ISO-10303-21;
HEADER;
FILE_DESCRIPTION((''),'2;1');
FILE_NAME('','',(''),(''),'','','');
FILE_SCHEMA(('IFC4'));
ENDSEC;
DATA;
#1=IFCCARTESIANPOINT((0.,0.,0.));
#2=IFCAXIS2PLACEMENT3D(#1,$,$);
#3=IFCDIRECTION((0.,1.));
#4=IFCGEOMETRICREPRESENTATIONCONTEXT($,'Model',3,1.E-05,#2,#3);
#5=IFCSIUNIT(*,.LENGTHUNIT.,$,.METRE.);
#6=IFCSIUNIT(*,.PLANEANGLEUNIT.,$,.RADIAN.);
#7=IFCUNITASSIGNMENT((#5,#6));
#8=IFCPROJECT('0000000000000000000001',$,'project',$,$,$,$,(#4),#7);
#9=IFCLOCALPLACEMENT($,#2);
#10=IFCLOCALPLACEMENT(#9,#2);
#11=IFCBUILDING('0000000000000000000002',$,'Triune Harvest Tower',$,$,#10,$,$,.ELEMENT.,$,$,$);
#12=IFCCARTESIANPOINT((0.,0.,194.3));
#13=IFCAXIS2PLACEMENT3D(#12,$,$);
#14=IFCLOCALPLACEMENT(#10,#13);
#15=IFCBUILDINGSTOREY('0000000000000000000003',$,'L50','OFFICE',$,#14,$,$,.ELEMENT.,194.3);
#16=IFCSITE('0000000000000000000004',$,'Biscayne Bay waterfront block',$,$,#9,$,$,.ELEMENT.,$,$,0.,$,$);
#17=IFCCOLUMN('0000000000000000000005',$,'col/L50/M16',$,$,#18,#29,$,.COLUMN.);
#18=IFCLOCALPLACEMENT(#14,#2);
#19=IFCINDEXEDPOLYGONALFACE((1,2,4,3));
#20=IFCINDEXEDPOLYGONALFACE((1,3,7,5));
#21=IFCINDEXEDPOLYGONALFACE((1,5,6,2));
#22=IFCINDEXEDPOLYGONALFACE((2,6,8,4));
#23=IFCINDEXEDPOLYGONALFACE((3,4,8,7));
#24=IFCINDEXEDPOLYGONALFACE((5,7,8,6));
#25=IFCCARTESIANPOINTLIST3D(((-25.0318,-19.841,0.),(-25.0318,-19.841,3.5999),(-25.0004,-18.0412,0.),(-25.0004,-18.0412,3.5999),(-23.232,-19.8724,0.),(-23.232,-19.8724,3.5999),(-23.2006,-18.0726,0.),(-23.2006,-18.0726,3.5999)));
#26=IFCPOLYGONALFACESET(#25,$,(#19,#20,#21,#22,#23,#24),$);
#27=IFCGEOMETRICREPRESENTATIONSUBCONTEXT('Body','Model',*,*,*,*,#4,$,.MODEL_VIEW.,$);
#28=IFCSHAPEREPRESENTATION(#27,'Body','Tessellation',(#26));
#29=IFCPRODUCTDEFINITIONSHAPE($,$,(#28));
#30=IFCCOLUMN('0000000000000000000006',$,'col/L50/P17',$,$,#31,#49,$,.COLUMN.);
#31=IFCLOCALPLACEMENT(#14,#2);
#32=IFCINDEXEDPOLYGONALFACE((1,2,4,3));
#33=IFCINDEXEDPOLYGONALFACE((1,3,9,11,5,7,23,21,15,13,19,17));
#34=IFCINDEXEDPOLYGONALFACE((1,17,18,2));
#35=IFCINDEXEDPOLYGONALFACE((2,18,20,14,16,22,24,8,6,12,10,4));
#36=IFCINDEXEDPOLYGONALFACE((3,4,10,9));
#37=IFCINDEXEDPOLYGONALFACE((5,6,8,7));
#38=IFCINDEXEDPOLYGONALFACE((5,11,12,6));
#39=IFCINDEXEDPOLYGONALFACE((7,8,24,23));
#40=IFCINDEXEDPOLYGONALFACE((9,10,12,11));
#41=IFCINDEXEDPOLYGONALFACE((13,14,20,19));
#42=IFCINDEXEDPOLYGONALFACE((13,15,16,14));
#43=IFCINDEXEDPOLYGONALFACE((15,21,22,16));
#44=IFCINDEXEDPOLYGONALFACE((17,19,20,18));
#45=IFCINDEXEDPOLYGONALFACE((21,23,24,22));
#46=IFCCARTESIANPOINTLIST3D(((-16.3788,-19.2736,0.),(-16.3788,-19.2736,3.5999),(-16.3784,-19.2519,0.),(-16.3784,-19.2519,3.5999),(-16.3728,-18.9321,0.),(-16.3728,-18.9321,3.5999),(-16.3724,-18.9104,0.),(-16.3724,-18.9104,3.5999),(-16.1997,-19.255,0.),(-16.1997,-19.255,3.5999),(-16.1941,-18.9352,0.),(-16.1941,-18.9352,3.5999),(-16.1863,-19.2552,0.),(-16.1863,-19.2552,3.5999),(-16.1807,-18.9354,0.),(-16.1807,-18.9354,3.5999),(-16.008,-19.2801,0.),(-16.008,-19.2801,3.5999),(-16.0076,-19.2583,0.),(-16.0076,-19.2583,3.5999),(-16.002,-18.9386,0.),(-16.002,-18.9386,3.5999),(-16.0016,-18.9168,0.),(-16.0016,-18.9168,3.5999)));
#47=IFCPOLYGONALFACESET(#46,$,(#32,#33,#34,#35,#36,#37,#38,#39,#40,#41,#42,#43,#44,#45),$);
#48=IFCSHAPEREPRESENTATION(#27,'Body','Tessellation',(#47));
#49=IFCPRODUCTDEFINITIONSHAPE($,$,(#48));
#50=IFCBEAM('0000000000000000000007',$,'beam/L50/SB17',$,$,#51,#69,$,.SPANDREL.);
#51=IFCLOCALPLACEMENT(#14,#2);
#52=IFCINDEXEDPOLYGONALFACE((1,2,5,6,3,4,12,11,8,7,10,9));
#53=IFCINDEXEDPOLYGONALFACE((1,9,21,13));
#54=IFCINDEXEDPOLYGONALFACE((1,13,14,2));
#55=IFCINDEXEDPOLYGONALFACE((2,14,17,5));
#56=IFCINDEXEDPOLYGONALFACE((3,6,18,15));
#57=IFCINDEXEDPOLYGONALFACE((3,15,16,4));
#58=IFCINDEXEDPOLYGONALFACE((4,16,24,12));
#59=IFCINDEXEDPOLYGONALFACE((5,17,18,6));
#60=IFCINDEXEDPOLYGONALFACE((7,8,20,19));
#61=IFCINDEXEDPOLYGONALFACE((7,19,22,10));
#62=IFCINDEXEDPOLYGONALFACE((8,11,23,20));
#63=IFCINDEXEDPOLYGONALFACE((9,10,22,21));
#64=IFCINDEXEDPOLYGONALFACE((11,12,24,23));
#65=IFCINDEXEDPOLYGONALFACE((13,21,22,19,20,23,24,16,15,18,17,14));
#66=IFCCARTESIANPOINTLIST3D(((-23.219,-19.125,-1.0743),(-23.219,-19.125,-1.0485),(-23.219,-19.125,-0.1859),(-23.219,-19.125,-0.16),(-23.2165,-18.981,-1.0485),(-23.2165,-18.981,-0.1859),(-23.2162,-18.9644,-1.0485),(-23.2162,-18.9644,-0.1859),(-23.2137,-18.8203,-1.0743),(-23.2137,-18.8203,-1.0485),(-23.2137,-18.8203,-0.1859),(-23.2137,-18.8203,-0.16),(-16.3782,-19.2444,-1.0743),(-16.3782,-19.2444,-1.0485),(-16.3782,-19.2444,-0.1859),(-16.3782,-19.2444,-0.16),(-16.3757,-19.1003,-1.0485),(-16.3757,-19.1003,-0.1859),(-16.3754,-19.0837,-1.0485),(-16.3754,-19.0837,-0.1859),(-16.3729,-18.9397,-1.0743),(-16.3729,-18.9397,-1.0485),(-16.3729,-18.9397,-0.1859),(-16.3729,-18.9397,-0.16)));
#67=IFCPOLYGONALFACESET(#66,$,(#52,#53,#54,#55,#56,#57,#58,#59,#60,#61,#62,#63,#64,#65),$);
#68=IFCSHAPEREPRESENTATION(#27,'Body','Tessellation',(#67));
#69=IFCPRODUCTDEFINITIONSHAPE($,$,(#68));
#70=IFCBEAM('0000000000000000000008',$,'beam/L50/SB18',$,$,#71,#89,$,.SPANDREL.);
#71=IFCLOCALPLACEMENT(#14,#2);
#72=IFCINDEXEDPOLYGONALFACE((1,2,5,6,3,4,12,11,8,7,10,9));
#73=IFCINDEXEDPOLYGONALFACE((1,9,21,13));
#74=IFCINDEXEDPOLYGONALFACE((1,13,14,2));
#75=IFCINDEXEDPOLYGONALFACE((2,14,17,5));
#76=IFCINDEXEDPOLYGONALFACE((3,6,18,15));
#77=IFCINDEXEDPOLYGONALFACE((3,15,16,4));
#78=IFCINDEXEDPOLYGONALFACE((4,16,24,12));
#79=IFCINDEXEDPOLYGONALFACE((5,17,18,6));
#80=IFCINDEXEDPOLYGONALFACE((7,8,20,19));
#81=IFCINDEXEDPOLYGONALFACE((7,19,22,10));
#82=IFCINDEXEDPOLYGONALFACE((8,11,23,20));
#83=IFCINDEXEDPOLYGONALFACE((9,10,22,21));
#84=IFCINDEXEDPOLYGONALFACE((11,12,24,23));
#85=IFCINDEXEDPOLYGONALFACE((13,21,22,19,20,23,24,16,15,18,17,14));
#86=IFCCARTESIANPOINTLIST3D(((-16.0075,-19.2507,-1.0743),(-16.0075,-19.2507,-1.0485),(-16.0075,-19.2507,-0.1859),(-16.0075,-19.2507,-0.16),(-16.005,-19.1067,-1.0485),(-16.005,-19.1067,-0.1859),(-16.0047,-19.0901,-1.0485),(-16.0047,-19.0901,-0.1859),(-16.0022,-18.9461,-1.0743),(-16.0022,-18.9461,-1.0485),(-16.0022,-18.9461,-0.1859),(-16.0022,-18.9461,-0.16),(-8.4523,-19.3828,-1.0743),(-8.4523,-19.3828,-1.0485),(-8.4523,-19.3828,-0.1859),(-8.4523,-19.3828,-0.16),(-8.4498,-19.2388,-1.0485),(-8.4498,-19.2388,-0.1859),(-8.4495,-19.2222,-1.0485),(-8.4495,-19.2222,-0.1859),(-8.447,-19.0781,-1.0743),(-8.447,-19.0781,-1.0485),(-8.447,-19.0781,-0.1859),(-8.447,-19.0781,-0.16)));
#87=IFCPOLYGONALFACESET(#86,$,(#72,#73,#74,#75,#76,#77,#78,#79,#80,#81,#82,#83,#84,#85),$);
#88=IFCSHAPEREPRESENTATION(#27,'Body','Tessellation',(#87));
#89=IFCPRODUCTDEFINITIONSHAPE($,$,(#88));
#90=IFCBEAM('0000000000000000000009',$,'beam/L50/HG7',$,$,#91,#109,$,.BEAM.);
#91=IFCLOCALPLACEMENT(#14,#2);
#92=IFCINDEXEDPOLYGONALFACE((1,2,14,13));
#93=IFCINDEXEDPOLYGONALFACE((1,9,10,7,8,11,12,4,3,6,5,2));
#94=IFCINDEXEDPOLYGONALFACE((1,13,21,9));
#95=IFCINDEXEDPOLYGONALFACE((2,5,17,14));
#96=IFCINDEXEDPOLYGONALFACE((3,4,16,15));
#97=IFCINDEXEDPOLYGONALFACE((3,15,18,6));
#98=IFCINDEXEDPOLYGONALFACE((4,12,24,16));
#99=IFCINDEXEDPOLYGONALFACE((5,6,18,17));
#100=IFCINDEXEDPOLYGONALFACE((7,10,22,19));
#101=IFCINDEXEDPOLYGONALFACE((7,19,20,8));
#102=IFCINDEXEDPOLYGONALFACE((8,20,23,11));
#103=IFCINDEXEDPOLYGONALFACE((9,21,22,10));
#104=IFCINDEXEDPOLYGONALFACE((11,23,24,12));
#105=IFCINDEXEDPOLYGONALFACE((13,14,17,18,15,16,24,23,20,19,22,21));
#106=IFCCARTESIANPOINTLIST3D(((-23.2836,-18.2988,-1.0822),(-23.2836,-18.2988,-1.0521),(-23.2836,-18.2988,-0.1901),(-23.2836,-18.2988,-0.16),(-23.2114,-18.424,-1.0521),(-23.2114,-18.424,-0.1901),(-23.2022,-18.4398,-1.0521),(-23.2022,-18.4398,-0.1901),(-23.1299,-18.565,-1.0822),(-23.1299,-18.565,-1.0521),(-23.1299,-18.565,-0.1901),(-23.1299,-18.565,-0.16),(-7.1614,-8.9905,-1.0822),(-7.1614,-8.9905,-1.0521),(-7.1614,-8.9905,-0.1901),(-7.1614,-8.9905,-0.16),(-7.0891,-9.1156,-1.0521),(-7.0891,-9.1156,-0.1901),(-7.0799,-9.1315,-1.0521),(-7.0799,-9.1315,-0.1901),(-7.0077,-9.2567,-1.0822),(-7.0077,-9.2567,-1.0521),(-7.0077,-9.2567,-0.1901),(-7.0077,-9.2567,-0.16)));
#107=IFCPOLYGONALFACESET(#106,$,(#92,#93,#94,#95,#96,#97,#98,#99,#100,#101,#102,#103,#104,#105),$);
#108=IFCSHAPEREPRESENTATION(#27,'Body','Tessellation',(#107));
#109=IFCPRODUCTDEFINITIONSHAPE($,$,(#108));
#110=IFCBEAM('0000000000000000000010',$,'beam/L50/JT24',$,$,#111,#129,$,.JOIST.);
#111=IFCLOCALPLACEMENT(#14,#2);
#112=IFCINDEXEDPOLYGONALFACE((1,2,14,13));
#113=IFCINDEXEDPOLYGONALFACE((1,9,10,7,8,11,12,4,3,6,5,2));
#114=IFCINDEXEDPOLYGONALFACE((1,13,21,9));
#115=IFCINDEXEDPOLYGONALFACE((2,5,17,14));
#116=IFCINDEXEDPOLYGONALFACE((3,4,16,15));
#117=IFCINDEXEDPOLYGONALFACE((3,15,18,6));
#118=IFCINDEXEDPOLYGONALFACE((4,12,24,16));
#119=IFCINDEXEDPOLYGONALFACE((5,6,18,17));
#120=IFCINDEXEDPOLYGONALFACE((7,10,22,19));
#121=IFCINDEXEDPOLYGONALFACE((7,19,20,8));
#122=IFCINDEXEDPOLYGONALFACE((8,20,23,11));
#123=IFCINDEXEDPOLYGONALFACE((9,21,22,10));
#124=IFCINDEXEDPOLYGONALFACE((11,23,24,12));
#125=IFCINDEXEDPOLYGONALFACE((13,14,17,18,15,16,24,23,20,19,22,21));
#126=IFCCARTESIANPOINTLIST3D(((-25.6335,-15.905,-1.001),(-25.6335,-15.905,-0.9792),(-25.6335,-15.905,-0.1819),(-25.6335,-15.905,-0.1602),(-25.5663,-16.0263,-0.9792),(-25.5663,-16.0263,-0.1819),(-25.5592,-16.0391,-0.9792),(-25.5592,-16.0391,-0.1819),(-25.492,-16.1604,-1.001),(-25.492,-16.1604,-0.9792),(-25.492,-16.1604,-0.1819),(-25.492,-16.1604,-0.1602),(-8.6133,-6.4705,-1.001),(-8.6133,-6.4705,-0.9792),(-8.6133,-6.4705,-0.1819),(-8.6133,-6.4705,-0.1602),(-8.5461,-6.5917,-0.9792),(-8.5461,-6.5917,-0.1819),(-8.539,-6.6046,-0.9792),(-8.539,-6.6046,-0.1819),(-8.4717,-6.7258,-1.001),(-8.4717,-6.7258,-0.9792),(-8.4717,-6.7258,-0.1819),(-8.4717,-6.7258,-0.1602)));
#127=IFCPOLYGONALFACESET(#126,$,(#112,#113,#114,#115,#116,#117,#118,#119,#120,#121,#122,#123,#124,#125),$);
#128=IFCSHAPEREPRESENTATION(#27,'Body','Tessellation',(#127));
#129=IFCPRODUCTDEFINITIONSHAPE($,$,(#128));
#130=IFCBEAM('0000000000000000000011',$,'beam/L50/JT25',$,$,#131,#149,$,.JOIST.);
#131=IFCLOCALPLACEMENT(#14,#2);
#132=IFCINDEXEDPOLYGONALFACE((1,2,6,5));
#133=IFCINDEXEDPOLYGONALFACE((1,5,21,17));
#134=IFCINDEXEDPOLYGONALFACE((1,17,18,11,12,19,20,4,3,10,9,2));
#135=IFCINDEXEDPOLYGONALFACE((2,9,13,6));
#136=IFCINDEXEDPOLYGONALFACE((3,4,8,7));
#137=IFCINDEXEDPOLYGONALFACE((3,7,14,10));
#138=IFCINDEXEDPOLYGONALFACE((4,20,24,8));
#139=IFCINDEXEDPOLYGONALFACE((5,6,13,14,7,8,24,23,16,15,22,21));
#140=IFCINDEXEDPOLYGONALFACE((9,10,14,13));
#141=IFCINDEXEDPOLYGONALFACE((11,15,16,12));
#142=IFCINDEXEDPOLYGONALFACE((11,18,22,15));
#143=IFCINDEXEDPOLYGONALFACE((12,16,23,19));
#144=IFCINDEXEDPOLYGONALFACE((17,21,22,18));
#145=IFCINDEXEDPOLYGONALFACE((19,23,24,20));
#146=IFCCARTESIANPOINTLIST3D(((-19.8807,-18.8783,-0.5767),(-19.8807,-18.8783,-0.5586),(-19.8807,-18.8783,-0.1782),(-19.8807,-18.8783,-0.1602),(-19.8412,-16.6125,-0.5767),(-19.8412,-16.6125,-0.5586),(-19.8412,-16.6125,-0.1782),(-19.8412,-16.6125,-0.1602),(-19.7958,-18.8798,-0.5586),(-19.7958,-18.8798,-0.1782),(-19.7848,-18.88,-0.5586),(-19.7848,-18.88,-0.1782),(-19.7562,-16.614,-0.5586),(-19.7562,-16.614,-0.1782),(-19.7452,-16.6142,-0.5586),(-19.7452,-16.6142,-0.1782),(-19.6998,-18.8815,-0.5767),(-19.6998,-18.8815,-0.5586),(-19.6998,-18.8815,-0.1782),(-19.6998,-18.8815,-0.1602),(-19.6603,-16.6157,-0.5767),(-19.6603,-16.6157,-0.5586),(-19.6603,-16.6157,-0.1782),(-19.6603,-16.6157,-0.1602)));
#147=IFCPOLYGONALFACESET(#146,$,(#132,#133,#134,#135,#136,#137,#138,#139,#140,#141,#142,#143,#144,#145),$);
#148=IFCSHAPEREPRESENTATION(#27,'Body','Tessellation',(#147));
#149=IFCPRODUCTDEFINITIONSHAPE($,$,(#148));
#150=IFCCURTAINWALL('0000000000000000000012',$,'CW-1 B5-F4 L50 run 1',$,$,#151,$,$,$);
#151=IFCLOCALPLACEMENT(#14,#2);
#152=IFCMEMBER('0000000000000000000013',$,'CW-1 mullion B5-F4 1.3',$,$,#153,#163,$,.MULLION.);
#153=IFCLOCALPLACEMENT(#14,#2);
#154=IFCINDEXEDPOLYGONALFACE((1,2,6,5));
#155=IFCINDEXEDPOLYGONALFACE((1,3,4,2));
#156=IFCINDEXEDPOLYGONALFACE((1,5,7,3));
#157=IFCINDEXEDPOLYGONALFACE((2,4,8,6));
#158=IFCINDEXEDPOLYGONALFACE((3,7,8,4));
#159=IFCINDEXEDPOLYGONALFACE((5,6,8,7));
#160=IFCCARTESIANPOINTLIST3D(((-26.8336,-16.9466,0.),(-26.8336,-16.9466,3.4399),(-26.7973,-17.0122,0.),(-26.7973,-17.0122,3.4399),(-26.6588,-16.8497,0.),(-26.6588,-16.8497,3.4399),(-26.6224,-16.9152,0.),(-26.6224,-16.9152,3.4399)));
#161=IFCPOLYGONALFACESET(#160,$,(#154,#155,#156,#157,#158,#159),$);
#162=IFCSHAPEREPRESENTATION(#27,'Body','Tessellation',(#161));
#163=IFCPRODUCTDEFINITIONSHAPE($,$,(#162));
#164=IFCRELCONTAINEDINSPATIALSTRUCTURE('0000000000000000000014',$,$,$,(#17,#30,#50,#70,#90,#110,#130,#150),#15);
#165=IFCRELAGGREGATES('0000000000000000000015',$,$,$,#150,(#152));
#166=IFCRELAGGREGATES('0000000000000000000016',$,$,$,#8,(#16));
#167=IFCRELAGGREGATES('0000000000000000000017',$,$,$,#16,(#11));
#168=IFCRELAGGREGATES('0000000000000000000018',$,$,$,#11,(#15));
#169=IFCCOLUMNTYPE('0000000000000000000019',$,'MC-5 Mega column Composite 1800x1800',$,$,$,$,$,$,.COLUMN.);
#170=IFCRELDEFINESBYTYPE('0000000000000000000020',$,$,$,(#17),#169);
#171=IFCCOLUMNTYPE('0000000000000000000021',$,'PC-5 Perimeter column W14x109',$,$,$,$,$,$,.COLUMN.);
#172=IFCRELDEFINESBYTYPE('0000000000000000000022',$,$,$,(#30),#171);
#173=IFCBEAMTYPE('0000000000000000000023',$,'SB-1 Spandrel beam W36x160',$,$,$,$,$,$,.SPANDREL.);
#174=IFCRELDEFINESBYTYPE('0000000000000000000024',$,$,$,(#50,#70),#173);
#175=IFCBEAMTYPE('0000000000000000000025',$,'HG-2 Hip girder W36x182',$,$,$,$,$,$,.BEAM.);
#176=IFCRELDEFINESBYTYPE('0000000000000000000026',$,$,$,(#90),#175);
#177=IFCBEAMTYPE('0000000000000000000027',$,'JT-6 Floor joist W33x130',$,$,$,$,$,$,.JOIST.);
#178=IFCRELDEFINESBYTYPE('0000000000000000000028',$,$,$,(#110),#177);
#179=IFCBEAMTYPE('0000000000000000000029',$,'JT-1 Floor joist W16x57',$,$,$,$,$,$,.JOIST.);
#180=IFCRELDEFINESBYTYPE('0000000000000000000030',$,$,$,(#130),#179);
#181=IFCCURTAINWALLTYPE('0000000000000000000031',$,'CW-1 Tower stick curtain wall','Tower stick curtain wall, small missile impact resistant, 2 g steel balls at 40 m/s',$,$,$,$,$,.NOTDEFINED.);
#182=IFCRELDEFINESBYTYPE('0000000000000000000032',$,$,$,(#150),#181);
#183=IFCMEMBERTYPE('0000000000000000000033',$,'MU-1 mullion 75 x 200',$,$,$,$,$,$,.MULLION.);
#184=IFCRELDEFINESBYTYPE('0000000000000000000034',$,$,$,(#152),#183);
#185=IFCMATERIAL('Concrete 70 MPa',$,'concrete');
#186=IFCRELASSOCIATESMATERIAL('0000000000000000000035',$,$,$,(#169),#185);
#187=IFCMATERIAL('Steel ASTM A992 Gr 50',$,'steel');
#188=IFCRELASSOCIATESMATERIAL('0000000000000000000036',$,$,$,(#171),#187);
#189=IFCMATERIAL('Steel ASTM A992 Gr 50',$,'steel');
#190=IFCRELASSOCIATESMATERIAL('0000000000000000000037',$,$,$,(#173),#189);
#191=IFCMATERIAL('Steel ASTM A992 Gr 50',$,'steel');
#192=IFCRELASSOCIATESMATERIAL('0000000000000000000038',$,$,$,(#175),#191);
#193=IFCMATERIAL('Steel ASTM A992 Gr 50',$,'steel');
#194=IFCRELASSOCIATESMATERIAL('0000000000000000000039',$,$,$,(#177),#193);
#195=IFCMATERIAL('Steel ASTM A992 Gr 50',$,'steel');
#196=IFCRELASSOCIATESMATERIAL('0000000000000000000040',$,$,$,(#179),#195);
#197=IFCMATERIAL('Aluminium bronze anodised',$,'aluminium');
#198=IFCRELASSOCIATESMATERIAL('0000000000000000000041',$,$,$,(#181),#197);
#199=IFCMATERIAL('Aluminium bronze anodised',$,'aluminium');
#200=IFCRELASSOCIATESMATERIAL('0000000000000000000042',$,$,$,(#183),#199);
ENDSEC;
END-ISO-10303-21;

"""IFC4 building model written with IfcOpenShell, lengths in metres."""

from ifc_helpers import new_model, si_unit, direction, frame, origin, origin_2d, place, context, subcontext, project, spatial, rectangle, i_section, extrude, source, transform, mapped, material, material_profile, profile_set, type_object, element, aggregate, save


model = new_model("IFC4")

# Units and contexts
model_context = context("Model", 3, precision=1e-05, world=origin(), true_north=direction((0.0, 1.0)))
body_context = subcontext(model_context, "Body", "Model", "MODEL_VIEW")
ifc_project = project(units=[si_unit("LENGTHUNIT", "METRE"), si_unit("PLANEANGLEUNIT", "RADIAN")], contexts=[model_context])

# Site, building, storey
site_placement = place(None, origin())
site = spatial("IfcSite", under=ifc_project, at=site_placement, Name="Biscayne Bay waterfront block", CompositionType="ELEMENT", RefElevation=0.0)
building_placement = place(site_placement, origin())
building = spatial("IfcBuilding", under=site, at=building_placement, Name="Triune Harvest Tower", CompositionType="ELEMENT")
storey_placement = place(building_placement, frame((0.0, 0.0, 194.3)))
storey = spatial("IfcBuildingStorey", under=building, at=storey_placement, Name="L50", Description="OFFICE", CompositionType="ELEMENT", Elevation=194.3)

# Columns
ifc_material_1 = material(Name="Concrete 70 MPa", Category="concrete")
ifc_material_profile_1 = material_profile(ifc_material_1, rectangle(XDim=1.8, YDim=1.8, at=origin_2d()), Name="Composite 1800x1800")
ifc_profile_set_1 = profile_set([ifc_material_profile_1], Name="Concrete 70 MPa")
column_type_1 = type_object("IfcColumnType", Name="MC-5 Mega column Composite 1800x1800", PredefinedType="COLUMN", material=ifc_profile_set_1)
shared_shape_1 = source(origin(), body_context, "Body", "SweptSolid", [
    extrude(rectangle(XDim=1.8, YDim=1.8, at=origin_2d()), origin(), (0.0, 0.0, 1.0), 3.5999),
])
column_1_placement = place(storey_placement, frame((-24.1162, -18.9568, 0.0), z_axis=(0.0, 0.0, 1.0), x_axis=(0.999848, -0.017452, 0.0)))
element("IfcColumn", 1, at=column_1_placement, inside=storey, type_object=column_type_1, Name="col/L50/M16", PredefinedType="COLUMN", context=body_context, shape_type="MappedRepresentation", body=[
    mapped(shared_shape_1, transform((0.0, 0.0, 0.0), scale=1.0)),
])
ifc_material_2 = material(Name="Steel ASTM A992 Gr 50", Category="steel")
ifc_material_profile_2 = material_profile(ifc_material_2, i_section(OverallWidth=0.3708, OverallDepth=0.3633, WebThickness=0.0134, FlangeThickness=0.0217, at=origin_2d()), Name="W14x109")
ifc_profile_set_2 = profile_set([ifc_material_profile_2], Name="Steel ASTM A992 Gr 50")
column_type_2 = type_object("IfcColumnType", Name="PC-5 Perimeter column W14x109", PredefinedType="COLUMN", material=ifc_profile_set_2)
shared_shape_2 = source(origin(), body_context, "Body", "SweptSolid", [
    extrude(i_section(OverallWidth=0.3708, OverallDepth=0.3633, WebThickness=0.0134, FlangeThickness=0.0217, at=origin_2d()), origin(), (0.0, 0.0, 1.0), 3.5999),
])
column_2_placement = place(storey_placement, frame((-16.1902, -19.0952, 0.0), z_axis=(0.0, 0.0, 1.0), x_axis=(0.999848, -0.017452, 0.0)))
element("IfcColumn", 2, at=column_2_placement, inside=storey, type_object=column_type_2, Name="col/L50/P17", PredefinedType="COLUMN", context=body_context, shape_type="MappedRepresentation", body=[
    mapped(shared_shape_2, transform((0.0, 0.0, 0.0), scale=1.0)),
])

# Beams
ifc_material_3 = material(Name="Steel ASTM A992 Gr 50", Category="steel")
ifc_material_profile_3 = material_profile(ifc_material_3, i_section(OverallWidth=0.3047, OverallDepth=0.9143, WebThickness=0.0166, FlangeThickness=0.0259, at=origin_2d()), Name="W36x160")
ifc_profile_set_3 = profile_set([ifc_material_profile_3], Name="Steel ASTM A992 Gr 50")
beam_type_1 = type_object("IfcBeamType", Name="SB-1 Spandrel beam W36x160", PredefinedType="SPANDREL", material=ifc_profile_set_3)
shared_shape_3 = source(origin(), body_context, "Body", "SweptSolid", [
    extrude(i_section(OverallWidth=0.3047, OverallDepth=0.9143, WebThickness=0.0166, FlangeThickness=0.0259, at=origin_2d()), origin(), (0.0, 0.0, 1.0), 6.8418),
])
beam_1_placement = place(storey_placement, frame((-23.2163, -18.9727, -0.6172), z_axis=(0.999848, -0.017449, 0.0), x_axis=(0.017449, 0.999848, 0.0)))
element("IfcBeam", 3, at=beam_1_placement, inside=storey, type_object=beam_type_1, Name="beam/L50/SB17", PredefinedType="SPANDREL", context=body_context, shape_type="MappedRepresentation", body=[
    mapped(shared_shape_3, transform((0.0, 0.0, 0.0), scale=1.0)),
])
shared_shape_4 = source(origin(), body_context, "Body", "SweptSolid", [
    extrude(i_section(OverallWidth=0.3047, OverallDepth=0.9143, WebThickness=0.0166, FlangeThickness=0.0259, at=origin_2d()), origin(), (0.0, 0.0, 1.0), 7.5564),
])
beam_2_placement = place(storey_placement, frame((-16.0049, -19.0984, -0.6172), z_axis=(0.999847, -0.017479, 0.0), x_axis=(0.017479, 0.999847, 0.0)))
element("IfcBeam", 4, at=beam_2_placement, inside=storey, type_object=beam_type_1, Name="beam/L50/SB18", PredefinedType="SPANDREL", context=body_context, shape_type="MappedRepresentation", body=[
    mapped(shared_shape_4, transform((0.0, 0.0, 0.0), scale=1.0)),
])
ifc_material_4 = material(Name="Steel ASTM A992 Gr 50", Category="steel")
ifc_material_profile_4 = material_profile(ifc_material_4, i_section(OverallWidth=0.3074, OverallDepth=0.9221, WebThickness=0.0183, FlangeThickness=0.03, at=origin_2d()), Name="W36x182")
ifc_profile_set_4 = profile_set([ifc_material_profile_4], Name="Steel ASTM A992 Gr 50")
beam_type_2 = type_object("IfcBeamType", Name="HG-2 Hip girder W36x182", PredefinedType="BEAM", material=ifc_profile_set_4)
shared_shape_5 = source(origin(), body_context, "Body", "SweptSolid", [
    extrude(i_section(OverallWidth=0.3074, OverallDepth=0.9221, WebThickness=0.0183, FlangeThickness=0.03, at=origin_2d()), origin(), (0.0, 0.0, 1.0), 18.6165),
])
beam_3_placement = place(storey_placement, frame((-23.2068, -18.4319, -0.6211), z_axis=(0.866022, 0.500005, 0.0), x_axis=(-0.500005, 0.866022, 0.0)))
element("IfcBeam", 5, at=beam_3_placement, inside=storey, type_object=beam_type_2, Name="beam/L50/HG7", PredefinedType="BEAM", context=body_context, shape_type="MappedRepresentation", body=[
    mapped(shared_shape_5, transform((0.0, 0.0, 0.0), scale=1.0)),
])
ifc_material_5 = material(Name="Steel ASTM A992 Gr 50", Category="steel")
ifc_material_profile_5 = material_profile(ifc_material_5, i_section(OverallWidth=0.292, OverallDepth=0.8408, WebThickness=0.0146, FlangeThickness=0.0217, at=origin_2d()), Name="W33x130")
ifc_profile_set_5 = profile_set([ifc_material_profile_5], Name="Steel ASTM A992 Gr 50")
beam_type_3 = type_object("IfcBeamType", Name="JT-6 Floor joist W33x130", PredefinedType="JOIST", material=ifc_profile_set_5)
shared_shape_6 = source(origin(), body_context, "Body", "SweptSolid", [
    extrude(i_section(OverallWidth=0.292, OverallDepth=0.8408, WebThickness=0.0146, FlangeThickness=0.0217, at=origin_2d()), origin(), (0.0, 0.0, 1.0), 19.4602),
])
beam_4_placement = place(storey_placement, frame((-25.5627, -16.0327, -0.5806), z_axis=(0.874618, 0.484813, 0.0), x_axis=(-0.484813, 0.874618, 0.0)))
element("IfcBeam", 6, at=beam_4_placement, inside=storey, type_object=beam_type_3, Name="beam/L50/JT24", PredefinedType="JOIST", context=body_context, shape_type="MappedRepresentation", body=[
    mapped(shared_shape_6, transform((0.0, 0.0, 0.0), scale=1.0)),
])
ifc_material_6 = material(Name="Steel ASTM A992 Gr 50", Category="steel")
ifc_material_profile_6 = material_profile(ifc_material_6, i_section(OverallWidth=0.1809, OverallDepth=0.4165, WebThickness=0.011, FlangeThickness=0.0181, at=origin_2d()), Name="W16x57")
ifc_profile_set_6 = profile_set([ifc_material_profile_6], Name="Steel ASTM A992 Gr 50")
beam_type_4 = type_object("IfcBeamType", Name="JT-1 Floor joist W16x57", PredefinedType="JOIST", material=ifc_profile_set_6)
shared_shape_7 = source(origin(), body_context, "Body", "SweptSolid", [
    extrude(i_section(OverallWidth=0.1809, OverallDepth=0.4165, WebThickness=0.011, FlangeThickness=0.0181, at=origin_2d()), origin(), (0.0, 0.0, 1.0), 2.2661),
])
beam_5_placement = place(storey_placement, frame((-19.7903, -18.8799, -0.3684), z_axis=(0.017452, 0.999848, 0.0), x_axis=(-0.999848, 0.017452, 0.0)))
element("IfcBeam", 7, at=beam_5_placement, inside=storey, type_object=beam_type_4, Name="beam/L50/JT25", PredefinedType="JOIST", context=body_context, shape_type="MappedRepresentation", body=[
    mapped(shared_shape_7, transform((0.0, 0.0, 0.0), scale=1.0)),
])

# Curtain wall, member
ifc_material_7 = material(Name="Aluminium bronze anodised", Category="aluminium")
curtain_wall_type_1 = type_object("IfcCurtainWallType", Name="CW-1 Tower stick curtain wall", Description="Tower stick curtain wall, small missile impact resistant, 2 g steel balls at 40 m/s", PredefinedType="NOTDEFINED", material=ifc_material_7)
curtain_wall_1_placement = place(storey_placement, origin())
curtain_wall_1 = element("IfcCurtainWall", 8, at=curtain_wall_1_placement, inside=storey, type_object=curtain_wall_type_1, Name="CW-1 B5-F4 L50 run 1")
ifc_material_8 = material(Name="Aluminium bronze anodised", Category="aluminium")
ifc_material_profile_7 = material_profile(ifc_material_8, rectangle(XDim=0.2, YDim=0.075, at=origin_2d()), Name="MU-1 mullion 75 x 200")
ifc_profile_set_7 = profile_set([ifc_material_profile_7], Name="Aluminium bronze anodised")
member_type_1 = type_object("IfcMemberType", Name="MU-1 mullion 75 x 200", PredefinedType="MULLION", material=ifc_profile_set_7)
shared_shape_8 = source(origin(), body_context, "Body", "SweptSolid", [
    extrude(rectangle(XDim=0.2, YDim=0.075, at=origin_2d()), origin(), (0.0, 0.0, 1.0), 3.4399),
])
member_1_placement = place(storey_placement, frame((-26.728, -16.9309, 0.0), z_axis=(0.0, 0.0, 1.0), x_axis=(0.874624, 0.484802, 0.0)))
member_1 = element("IfcMember", 9, at=member_1_placement, type_object=member_type_1, Name="CW-1 mullion B5-F4 1.3", PredefinedType="MULLION", context=body_context, shape_type="MappedRepresentation", body=[
    mapped(shared_shape_8, transform((0.0, 0.0, 0.0), scale=1.0)),
])

aggregate(curtain_wall_1, [member_1])

save(model, "model.ifc")
